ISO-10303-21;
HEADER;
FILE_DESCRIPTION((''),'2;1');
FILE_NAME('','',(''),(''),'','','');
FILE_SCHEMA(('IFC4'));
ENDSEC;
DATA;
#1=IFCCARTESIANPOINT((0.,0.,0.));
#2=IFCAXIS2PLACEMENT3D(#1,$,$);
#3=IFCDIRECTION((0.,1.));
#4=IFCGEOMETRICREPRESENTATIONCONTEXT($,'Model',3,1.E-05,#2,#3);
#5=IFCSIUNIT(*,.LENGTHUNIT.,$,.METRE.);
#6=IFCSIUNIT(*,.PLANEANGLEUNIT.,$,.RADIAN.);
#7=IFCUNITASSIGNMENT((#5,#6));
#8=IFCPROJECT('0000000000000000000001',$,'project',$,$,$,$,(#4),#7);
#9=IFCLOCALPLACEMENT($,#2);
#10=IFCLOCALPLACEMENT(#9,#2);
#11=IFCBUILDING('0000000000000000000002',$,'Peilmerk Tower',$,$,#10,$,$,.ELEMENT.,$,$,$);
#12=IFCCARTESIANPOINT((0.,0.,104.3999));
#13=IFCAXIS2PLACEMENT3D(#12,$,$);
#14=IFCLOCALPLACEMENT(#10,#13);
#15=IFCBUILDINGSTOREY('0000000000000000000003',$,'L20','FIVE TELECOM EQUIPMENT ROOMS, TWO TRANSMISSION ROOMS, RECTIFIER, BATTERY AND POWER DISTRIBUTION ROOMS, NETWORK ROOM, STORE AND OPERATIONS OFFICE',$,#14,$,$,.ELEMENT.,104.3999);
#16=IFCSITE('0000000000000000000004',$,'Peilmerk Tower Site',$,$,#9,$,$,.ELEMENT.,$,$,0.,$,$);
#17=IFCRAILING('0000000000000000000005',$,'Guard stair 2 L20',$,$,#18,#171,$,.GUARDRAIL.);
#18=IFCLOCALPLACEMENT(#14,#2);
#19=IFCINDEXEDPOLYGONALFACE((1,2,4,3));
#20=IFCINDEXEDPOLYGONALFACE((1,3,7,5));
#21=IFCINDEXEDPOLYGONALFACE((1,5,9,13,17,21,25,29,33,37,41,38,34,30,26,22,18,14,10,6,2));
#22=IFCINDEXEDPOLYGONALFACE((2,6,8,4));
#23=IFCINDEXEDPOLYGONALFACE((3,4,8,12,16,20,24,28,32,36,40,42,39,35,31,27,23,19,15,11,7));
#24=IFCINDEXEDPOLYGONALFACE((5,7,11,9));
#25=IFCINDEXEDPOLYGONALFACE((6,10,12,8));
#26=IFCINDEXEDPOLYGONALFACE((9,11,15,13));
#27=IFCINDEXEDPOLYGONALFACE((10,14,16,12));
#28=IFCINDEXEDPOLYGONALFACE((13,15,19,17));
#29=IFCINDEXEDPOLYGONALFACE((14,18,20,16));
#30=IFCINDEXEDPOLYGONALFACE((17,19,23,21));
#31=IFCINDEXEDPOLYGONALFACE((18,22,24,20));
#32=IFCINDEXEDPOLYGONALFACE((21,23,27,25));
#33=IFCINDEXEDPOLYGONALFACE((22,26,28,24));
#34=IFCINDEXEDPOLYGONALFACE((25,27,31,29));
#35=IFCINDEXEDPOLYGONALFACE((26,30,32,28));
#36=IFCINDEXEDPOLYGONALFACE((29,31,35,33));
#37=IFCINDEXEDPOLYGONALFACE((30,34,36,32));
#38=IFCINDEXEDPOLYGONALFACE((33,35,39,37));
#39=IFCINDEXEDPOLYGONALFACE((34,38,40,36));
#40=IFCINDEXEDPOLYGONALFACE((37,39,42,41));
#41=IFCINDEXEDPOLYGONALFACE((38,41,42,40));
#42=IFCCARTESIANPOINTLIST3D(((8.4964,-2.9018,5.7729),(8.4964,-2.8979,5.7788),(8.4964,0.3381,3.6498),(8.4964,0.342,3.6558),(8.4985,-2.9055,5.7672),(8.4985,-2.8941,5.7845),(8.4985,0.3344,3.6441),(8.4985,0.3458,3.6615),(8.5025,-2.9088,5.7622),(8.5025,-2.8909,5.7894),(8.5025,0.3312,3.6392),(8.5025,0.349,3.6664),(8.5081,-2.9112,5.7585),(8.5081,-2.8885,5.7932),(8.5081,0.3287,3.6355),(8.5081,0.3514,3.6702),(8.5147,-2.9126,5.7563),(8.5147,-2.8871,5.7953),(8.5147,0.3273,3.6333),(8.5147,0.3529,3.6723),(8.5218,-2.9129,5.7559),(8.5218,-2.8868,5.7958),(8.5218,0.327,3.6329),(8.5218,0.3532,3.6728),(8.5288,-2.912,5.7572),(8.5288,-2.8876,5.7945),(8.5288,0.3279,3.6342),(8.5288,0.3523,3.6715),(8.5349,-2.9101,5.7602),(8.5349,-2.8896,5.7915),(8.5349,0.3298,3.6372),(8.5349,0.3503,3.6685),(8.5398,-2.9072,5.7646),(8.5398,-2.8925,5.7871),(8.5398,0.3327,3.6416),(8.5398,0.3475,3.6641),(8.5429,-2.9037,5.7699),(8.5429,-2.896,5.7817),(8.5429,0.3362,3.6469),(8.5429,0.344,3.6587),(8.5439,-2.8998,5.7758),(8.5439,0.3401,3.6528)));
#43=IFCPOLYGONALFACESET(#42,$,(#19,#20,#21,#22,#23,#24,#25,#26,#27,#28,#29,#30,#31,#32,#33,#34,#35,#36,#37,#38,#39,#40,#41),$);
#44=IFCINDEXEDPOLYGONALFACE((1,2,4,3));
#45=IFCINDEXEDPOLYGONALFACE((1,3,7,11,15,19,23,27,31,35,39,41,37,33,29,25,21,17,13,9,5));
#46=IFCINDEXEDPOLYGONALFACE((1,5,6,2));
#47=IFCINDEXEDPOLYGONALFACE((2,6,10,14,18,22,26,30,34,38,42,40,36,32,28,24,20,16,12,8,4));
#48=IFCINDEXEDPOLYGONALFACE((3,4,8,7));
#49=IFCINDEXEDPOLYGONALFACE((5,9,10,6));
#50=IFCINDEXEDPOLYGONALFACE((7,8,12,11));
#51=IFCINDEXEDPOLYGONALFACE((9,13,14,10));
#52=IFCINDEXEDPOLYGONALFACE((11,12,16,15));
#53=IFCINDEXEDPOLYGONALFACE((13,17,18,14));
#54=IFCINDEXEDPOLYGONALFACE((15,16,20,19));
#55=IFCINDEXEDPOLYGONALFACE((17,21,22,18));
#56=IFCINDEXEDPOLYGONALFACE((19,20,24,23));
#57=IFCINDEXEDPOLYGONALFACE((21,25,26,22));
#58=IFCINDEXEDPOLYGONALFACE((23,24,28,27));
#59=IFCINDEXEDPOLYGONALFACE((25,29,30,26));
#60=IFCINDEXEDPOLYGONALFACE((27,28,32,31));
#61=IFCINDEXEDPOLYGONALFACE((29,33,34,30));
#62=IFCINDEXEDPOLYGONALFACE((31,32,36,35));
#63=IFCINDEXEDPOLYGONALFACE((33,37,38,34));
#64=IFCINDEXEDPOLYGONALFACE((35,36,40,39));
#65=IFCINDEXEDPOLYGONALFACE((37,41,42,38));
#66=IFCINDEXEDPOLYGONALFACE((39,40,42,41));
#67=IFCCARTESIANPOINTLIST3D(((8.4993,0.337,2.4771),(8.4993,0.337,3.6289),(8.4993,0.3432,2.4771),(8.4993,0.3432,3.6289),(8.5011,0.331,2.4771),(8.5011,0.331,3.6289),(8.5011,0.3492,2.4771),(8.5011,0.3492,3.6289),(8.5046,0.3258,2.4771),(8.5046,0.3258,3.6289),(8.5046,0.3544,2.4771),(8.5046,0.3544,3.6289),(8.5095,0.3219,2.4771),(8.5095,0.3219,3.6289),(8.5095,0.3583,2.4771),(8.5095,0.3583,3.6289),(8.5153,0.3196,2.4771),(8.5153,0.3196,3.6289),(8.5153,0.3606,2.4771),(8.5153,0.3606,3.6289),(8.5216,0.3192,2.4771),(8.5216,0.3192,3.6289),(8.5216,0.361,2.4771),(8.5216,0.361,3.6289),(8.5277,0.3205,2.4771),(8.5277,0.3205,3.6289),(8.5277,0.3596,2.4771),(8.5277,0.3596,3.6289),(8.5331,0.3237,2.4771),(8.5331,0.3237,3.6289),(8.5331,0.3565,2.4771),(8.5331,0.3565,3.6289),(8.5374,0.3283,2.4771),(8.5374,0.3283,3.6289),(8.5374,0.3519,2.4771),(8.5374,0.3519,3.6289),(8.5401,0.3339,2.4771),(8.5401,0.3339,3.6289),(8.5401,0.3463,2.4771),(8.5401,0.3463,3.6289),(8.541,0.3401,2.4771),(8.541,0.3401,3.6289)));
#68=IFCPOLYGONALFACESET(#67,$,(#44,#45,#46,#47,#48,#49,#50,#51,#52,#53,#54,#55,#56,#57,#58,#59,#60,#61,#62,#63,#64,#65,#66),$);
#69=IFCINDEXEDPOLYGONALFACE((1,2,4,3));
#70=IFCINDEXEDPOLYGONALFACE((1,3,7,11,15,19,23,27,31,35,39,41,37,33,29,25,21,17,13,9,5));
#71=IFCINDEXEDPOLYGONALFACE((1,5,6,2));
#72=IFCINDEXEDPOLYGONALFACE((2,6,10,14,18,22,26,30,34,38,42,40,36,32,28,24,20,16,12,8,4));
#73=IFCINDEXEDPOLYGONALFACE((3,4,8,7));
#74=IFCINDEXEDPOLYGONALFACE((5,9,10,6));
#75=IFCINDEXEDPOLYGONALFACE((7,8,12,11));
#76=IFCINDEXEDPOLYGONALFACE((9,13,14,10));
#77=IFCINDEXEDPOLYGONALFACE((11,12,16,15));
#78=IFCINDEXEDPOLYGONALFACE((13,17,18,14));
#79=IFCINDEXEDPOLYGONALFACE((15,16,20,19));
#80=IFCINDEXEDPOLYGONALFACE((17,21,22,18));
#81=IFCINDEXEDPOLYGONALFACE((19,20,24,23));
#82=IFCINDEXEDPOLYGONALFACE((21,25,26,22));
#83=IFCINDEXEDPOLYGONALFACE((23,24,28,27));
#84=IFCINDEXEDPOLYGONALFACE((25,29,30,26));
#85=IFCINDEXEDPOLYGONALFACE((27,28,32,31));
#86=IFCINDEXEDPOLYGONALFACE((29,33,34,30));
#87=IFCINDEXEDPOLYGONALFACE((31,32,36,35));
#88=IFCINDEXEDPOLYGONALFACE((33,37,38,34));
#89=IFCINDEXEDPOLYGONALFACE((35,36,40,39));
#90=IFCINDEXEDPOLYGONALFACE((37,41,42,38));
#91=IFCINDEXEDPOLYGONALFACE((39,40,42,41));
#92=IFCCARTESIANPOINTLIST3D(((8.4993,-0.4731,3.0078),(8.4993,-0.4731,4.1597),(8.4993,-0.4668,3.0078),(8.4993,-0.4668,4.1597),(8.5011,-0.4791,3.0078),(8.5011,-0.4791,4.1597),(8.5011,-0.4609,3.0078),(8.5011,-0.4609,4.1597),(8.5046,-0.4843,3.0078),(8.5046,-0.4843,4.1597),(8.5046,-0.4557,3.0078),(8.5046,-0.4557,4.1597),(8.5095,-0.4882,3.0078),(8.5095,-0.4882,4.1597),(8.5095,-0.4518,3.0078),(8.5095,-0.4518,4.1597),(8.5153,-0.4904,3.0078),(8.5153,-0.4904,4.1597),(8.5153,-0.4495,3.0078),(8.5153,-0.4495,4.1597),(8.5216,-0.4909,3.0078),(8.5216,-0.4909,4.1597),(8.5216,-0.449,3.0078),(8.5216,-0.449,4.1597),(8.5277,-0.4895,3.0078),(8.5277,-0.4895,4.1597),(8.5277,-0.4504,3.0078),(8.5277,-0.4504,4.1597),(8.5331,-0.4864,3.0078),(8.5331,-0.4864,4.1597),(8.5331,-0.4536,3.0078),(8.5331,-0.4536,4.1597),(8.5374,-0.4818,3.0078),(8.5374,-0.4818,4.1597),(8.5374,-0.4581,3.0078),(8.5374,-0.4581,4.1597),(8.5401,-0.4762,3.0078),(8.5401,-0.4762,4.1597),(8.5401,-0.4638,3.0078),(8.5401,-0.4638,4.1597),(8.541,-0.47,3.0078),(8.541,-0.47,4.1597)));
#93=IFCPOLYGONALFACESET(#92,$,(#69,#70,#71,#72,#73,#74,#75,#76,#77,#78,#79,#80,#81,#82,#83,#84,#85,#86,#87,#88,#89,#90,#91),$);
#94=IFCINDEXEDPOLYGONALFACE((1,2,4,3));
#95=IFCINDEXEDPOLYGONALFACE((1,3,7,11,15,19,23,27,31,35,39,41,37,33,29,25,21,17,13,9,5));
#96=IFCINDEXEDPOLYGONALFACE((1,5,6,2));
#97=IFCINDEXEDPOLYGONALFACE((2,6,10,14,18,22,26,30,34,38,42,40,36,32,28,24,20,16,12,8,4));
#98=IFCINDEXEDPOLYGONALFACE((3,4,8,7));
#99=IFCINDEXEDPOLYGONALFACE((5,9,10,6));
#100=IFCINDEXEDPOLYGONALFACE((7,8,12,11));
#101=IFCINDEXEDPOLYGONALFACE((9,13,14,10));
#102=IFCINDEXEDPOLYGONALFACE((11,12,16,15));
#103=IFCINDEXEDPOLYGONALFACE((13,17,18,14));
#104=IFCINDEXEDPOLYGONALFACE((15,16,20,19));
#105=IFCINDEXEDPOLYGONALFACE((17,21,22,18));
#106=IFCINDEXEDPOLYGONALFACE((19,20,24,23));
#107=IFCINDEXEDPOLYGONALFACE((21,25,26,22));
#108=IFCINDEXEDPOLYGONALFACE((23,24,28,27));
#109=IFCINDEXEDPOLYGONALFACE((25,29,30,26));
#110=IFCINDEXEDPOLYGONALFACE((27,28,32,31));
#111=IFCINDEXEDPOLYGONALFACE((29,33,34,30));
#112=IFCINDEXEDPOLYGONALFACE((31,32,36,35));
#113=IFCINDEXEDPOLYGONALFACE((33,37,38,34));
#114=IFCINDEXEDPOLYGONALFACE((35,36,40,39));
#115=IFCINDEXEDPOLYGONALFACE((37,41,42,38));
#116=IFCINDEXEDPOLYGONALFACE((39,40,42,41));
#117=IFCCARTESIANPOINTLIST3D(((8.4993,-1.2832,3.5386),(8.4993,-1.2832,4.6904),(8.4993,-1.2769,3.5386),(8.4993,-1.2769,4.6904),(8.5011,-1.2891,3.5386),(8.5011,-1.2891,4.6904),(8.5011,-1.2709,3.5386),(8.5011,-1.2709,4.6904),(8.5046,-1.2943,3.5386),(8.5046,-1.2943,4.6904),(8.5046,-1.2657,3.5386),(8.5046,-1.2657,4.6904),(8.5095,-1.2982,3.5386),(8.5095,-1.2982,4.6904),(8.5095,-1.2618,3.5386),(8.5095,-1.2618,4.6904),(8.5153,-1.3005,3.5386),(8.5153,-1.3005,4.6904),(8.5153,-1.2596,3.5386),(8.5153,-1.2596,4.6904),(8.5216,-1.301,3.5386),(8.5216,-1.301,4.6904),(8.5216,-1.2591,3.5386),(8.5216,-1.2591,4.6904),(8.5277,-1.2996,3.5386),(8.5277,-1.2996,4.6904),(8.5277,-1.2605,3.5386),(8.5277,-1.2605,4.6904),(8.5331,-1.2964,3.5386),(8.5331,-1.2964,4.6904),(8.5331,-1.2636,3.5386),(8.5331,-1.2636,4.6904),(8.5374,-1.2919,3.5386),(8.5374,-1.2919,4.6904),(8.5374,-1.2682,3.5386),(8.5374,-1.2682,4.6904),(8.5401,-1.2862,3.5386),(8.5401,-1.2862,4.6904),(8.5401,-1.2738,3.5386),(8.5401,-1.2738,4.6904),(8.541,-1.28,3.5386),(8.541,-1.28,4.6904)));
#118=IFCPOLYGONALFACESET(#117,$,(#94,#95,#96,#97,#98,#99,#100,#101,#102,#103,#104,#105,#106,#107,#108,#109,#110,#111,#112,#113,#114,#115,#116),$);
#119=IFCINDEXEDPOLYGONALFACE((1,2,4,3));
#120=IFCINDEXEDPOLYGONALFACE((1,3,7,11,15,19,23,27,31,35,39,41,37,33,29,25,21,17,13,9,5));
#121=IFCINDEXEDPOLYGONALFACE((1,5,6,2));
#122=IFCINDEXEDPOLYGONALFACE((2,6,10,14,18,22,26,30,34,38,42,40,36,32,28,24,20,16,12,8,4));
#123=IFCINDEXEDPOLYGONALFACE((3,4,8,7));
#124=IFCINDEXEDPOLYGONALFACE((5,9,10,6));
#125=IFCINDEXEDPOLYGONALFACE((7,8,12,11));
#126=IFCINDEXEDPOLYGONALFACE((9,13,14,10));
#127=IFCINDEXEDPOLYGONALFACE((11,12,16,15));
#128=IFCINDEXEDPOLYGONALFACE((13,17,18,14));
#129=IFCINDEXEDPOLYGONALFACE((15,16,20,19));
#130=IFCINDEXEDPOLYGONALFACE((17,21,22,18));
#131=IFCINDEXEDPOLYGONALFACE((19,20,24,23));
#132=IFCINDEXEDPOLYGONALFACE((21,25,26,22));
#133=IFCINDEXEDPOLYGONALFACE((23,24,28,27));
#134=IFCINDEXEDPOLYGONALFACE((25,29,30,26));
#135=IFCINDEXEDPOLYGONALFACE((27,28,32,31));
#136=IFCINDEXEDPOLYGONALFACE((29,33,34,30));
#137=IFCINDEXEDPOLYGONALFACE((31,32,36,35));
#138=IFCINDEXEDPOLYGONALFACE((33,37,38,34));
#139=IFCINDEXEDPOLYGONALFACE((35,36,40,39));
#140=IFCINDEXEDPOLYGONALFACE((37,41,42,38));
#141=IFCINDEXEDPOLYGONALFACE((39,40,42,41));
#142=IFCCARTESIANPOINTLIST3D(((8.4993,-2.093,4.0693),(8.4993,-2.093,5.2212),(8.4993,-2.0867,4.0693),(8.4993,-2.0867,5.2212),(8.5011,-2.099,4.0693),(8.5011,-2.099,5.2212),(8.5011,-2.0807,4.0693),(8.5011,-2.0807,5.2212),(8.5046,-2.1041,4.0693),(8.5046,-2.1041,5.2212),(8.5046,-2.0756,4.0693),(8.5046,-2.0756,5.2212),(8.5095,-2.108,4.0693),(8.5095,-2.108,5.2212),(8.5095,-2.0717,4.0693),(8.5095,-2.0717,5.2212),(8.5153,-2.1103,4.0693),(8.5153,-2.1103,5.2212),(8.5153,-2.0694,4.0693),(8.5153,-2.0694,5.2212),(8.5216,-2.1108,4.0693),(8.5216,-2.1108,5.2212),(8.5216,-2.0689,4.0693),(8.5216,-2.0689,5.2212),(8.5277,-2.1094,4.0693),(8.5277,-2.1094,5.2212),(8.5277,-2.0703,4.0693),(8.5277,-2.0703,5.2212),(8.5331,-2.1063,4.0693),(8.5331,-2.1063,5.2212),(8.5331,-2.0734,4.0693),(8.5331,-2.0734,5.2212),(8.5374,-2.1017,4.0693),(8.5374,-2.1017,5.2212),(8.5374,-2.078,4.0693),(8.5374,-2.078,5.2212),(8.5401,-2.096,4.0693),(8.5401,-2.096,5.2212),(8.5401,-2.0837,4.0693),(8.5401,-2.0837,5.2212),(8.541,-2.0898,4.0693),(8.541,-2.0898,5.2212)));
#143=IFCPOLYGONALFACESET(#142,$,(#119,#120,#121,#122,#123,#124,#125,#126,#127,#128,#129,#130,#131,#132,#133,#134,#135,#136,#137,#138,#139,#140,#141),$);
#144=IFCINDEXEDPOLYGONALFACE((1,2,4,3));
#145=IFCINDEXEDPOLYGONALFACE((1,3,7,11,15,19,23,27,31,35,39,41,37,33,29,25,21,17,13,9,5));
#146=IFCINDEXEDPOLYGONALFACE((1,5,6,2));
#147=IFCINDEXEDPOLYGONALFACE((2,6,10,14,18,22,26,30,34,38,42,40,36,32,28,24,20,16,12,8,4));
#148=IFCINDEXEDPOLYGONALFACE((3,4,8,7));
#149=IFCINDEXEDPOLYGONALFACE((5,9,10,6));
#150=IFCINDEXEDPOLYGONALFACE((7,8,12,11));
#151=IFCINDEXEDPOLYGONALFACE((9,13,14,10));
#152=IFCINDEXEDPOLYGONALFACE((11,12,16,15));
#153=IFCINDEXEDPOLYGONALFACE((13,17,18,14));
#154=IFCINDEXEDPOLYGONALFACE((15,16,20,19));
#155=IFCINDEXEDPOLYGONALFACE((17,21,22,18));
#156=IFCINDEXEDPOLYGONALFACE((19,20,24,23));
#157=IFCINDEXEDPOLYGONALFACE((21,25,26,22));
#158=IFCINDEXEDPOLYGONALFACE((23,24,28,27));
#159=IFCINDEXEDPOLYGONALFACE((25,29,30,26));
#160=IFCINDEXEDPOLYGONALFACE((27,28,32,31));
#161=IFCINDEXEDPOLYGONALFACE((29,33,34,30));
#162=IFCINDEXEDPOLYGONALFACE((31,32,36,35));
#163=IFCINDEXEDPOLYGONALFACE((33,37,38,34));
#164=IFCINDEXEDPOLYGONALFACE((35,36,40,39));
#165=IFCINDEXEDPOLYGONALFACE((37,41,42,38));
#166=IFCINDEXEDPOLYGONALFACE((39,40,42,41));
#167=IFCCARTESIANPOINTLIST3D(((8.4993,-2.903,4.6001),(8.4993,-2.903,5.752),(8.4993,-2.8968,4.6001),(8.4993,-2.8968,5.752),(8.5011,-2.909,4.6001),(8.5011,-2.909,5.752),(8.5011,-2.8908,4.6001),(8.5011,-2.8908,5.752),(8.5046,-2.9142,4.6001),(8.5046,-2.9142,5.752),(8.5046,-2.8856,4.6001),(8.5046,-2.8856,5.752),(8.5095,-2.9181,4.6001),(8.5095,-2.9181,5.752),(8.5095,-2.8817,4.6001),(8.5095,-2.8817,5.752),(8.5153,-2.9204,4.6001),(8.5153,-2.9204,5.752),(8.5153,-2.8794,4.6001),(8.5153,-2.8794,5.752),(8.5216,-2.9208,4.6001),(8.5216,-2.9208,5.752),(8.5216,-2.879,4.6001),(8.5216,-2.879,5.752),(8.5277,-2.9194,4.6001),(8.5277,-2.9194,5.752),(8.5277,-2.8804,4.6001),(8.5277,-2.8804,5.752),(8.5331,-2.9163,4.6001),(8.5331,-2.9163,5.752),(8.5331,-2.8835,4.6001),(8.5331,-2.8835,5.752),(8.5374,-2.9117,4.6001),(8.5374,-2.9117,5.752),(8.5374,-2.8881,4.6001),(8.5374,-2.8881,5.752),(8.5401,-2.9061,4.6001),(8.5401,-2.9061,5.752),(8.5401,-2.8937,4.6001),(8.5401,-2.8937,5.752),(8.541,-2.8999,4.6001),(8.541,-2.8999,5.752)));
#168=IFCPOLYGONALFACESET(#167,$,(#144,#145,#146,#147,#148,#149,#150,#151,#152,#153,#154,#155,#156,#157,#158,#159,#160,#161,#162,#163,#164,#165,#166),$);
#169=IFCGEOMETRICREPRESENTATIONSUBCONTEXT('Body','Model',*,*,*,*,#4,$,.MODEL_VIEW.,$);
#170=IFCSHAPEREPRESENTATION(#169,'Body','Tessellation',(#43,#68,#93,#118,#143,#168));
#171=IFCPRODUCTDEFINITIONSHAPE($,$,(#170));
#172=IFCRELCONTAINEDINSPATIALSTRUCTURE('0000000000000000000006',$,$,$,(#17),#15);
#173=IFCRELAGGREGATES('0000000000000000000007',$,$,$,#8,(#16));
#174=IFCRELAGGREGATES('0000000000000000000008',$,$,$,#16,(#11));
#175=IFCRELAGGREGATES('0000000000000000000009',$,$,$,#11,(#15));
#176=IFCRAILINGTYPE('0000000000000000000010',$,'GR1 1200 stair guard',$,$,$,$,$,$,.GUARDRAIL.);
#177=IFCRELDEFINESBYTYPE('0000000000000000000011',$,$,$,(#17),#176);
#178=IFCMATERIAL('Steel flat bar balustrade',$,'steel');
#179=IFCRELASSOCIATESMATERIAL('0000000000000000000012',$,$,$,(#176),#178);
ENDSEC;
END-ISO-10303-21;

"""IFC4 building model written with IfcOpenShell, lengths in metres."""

from ifc_helpers import new_model, si_unit, direction, frame, origin, origin_2d, place, context, subcontext, project, spatial, circle, extrude, material, type_object, element, save


model = new_model("IFC4")

# Units and contexts
model_context = context("Model", 3, precision=1e-05, world=origin(), true_north=direction((0.0, 1.0)))
body_context = subcontext(model_context, "Body", "Model", "MODEL_VIEW")
ifc_project = project(units=[si_unit("LENGTHUNIT", "METRE"), si_unit("PLANEANGLEUNIT", "RADIAN")], contexts=[model_context])

# Site, building, storey
site_placement = place(None, origin())
site = spatial("IfcSite", under=ifc_project, at=site_placement, Name="Peilmerk Tower Site", CompositionType="ELEMENT", RefElevation=0.0)
building_placement = place(site_placement, origin())
building = spatial("IfcBuilding", under=site, at=building_placement, Name="Peilmerk Tower", CompositionType="ELEMENT")
storey_placement = place(building_placement, frame((0.0, 0.0, 104.3999)))
storey = spatial("IfcBuildingStorey", under=building, at=storey_placement, Name="L20", Description="FIVE TELECOM EQUIPMENT ROOMS, TWO TRANSMISSION ROOMS, RECTIFIER, BATTERY AND POWER DISTRIBUTION ROOMS, NETWORK ROOM, STORE AND OPERATIONS OFFICE", CompositionType="ELEMENT", Elevation=104.3999)

# Railing
ifc_material_1 = material(Name="Steel flat bar balustrade", Category="steel")
railing_type_1 = type_object("IfcRailingType", Name="GR1 1200 stair guard", PredefinedType="GUARDRAIL", material=ifc_material_1)
railing_1_placement = place(storey_placement, frame((8.52, 0.3401, 2.4771)))
element("IfcRailing", 1, at=railing_1_placement, inside=storey, type_object=railing_type_1, Name="Guard stair 2 L20", PredefinedType="GUARDRAIL", context=body_context, shape_type="SweptSolid", body=[
    extrude(circle(Radius=0.0239, at=origin_2d()), frame((0.0, 0.0, 1.1758), z_axis=(0.0, -0.836426, 0.548079), x_axis=(1.0, 0.0, 0.0)), (0.0, 0.0, 1.0), 3.8735),
    extrude(circle(Radius=0.021, at=origin_2d()), origin(), (0.0, 0.0, 1.0), 1.1519),
    extrude(circle(Radius=0.021, at=origin_2d()), frame((0.0, -0.8101, 0.5308)), (0.0, 0.0, 1.0), 1.1519),
    extrude(circle(Radius=0.021, at=origin_2d()), frame((0.0, -1.6201, 1.0615)), (0.0, 0.0, 1.0), 1.1519),
    extrude(circle(Radius=0.021, at=origin_2d()), frame((0.0, -2.4299, 1.5923)), (0.0, 0.0, 1.0), 1.1519),
    extrude(circle(Radius=0.021, at=origin_2d()), frame((0.0, -3.24, 2.123)), (0.0, 0.0, 1.0), 1.1519),
])

save(model, "model.ifc")
